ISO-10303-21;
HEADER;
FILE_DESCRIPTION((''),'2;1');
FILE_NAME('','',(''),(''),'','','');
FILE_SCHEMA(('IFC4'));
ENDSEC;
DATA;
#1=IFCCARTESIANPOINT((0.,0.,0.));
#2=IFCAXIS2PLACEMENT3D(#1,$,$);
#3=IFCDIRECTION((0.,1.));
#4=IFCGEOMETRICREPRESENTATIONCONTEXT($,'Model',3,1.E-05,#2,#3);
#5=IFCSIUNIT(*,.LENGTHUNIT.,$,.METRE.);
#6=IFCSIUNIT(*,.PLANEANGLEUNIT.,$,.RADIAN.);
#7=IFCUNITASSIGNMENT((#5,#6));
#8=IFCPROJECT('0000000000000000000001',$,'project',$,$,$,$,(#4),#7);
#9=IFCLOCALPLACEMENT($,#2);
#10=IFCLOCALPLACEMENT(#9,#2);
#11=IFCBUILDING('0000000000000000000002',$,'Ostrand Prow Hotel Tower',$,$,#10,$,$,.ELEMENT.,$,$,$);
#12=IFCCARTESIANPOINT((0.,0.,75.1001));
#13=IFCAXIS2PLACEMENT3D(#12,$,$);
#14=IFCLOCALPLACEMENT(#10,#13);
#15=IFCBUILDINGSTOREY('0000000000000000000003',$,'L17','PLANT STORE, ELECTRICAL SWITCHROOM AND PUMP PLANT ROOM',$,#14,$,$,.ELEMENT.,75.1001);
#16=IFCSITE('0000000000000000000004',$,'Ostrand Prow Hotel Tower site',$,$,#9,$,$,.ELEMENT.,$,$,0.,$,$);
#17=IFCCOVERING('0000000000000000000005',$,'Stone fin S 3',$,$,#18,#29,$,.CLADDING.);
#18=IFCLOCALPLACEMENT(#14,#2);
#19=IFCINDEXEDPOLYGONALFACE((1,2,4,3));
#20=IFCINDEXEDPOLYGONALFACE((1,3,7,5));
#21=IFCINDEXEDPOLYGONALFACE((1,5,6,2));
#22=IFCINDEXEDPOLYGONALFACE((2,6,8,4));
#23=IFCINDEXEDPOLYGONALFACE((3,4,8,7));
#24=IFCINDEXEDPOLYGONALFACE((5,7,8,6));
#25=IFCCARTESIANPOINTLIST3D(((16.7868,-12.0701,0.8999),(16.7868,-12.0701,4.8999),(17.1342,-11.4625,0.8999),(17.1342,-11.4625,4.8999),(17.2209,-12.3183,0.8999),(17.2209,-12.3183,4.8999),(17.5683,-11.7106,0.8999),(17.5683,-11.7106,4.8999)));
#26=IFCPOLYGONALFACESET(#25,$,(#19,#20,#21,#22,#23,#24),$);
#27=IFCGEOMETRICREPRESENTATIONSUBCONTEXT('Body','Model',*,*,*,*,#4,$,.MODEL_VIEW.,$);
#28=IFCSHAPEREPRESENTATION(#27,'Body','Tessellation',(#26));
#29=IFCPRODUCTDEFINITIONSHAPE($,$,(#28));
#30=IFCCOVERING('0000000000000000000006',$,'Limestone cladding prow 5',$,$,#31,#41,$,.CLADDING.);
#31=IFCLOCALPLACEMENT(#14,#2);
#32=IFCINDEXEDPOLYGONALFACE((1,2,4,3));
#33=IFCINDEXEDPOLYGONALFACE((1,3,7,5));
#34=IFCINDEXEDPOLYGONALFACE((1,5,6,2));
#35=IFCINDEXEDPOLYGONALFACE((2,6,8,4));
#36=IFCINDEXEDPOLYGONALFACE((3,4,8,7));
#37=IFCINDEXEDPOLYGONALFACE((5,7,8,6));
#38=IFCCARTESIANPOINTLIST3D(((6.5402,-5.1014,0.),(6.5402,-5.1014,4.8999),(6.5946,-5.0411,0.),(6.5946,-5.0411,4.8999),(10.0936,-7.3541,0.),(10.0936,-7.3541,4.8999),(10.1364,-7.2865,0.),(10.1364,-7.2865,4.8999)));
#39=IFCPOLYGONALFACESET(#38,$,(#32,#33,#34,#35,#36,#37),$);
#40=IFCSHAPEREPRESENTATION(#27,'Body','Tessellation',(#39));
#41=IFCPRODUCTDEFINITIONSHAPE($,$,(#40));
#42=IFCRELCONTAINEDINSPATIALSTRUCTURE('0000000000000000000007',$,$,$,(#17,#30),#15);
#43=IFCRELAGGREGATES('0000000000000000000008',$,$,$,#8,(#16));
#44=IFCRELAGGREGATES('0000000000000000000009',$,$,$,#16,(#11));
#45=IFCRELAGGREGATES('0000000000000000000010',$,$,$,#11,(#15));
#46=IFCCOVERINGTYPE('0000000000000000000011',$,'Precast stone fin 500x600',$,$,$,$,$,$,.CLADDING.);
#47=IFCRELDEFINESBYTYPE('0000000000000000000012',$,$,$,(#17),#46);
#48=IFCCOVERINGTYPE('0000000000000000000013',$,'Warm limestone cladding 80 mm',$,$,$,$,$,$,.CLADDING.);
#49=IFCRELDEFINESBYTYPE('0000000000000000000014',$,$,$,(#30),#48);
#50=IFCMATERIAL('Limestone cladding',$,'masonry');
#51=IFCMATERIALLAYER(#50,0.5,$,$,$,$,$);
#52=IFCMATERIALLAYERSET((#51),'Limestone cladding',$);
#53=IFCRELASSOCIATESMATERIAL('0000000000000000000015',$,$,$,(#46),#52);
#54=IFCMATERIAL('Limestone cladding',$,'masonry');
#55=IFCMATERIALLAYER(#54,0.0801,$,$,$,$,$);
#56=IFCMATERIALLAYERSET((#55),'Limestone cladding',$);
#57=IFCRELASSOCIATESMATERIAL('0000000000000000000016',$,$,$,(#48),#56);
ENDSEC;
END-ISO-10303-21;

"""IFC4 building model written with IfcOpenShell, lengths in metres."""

from ifc_helpers import new_model, si_unit, direction, frame, frame_2d, origin, place, context, subcontext, project, spatial, polyline, rectangle, outline, extrude, material, layer, layer_set, type_object, element, save


model = new_model("IFC4")

# Units and contexts
model_context = context("Model", 3, precision=1e-05, world=origin(), true_north=direction((0.0, 1.0)))
body_context = subcontext(model_context, "Body", "Model", "MODEL_VIEW")
ifc_project = project(units=[si_unit("LENGTHUNIT", "METRE"), si_unit("PLANEANGLEUNIT", "RADIAN")], contexts=[model_context])

# Site, building, storey
site_placement = place(None, origin())
site = spatial("IfcSite", under=ifc_project, at=site_placement, Name="Ostrand Prow Hotel Tower site", CompositionType="ELEMENT", RefElevation=0.0)
building_placement = place(site_placement, origin())
building = spatial("IfcBuilding", under=site, at=building_placement, Name="Ostrand Prow Hotel Tower", CompositionType="ELEMENT")
storey_placement = place(building_placement, frame((0.0, 0.0, 75.1001)))
storey = spatial("IfcBuildingStorey", under=building, at=storey_placement, Name="L17", Description="PLANT STORE, ELECTRICAL SWITCHROOM AND PUMP PLANT ROOM", CompositionType="ELEMENT", Elevation=75.1001)

# Coverings
ifc_material_1 = material(Name="Limestone cladding", Category="masonry")
ifc_layer_1 = layer(ifc_material_1, 0.5)
ifc_layer_set_1 = layer_set([ifc_layer_1], Name="Limestone cladding")
covering_type_1 = type_object("IfcCoveringType", Name="Precast stone fin 500x600", PredefinedType="CLADDING", material=ifc_layer_set_1)
covering_1_placement = place(storey_placement, frame((17.3513, -11.5864, 0.8999), z_axis=(0.0, 0.0, 1.0), x_axis=(-0.496327, -0.868136, 0.0)))
element("IfcCovering", 1, at=covering_1_placement, inside=storey, type_object=covering_type_1, Name="Stone fin S 3", PredefinedType="CLADDING", context=body_context, shape_type="SweptSolid", body=[
    extrude(rectangle(XDim=0.7, YDim=0.5, at=frame_2d((0.3501, 0.0))), origin(), (0.0, 0.0, 1.0), 4.0),
])
ifc_material_2 = material(Name="Limestone cladding", Category="masonry")
ifc_layer_2 = layer(ifc_material_2, 0.0801)
ifc_layer_set_2 = layer_set([ifc_layer_2], Name="Limestone cladding")
covering_type_2 = type_object("IfcCoveringType", Name="Warm limestone cladding 80 mm", PredefinedType="CLADDING", material=ifc_layer_set_2)
covering_2_placement = place(storey_placement, frame((6.5674, -5.0713, 0.0), z_axis=(0.0, 0.0, 1.0), x_axis=(0.844582, -0.535427, 0.0)))
element("IfcCovering", 2, at=covering_2_placement, inside=storey, type_object=covering_type_2, Name="Limestone cladding prow 5", PredefinedType="CLADDING", context=body_context, shape_type="SweptSolid", body=[
    extrude(outline(polyline([(-0.0068, -0.04), (4.2004, -0.04), (4.2004, 0.04), (0.0068, 0.04), (-0.0068, -0.04)])), origin(), (0.0, 0.0, 1.0), 4.8999),
])

save(model, "model.ifc")
